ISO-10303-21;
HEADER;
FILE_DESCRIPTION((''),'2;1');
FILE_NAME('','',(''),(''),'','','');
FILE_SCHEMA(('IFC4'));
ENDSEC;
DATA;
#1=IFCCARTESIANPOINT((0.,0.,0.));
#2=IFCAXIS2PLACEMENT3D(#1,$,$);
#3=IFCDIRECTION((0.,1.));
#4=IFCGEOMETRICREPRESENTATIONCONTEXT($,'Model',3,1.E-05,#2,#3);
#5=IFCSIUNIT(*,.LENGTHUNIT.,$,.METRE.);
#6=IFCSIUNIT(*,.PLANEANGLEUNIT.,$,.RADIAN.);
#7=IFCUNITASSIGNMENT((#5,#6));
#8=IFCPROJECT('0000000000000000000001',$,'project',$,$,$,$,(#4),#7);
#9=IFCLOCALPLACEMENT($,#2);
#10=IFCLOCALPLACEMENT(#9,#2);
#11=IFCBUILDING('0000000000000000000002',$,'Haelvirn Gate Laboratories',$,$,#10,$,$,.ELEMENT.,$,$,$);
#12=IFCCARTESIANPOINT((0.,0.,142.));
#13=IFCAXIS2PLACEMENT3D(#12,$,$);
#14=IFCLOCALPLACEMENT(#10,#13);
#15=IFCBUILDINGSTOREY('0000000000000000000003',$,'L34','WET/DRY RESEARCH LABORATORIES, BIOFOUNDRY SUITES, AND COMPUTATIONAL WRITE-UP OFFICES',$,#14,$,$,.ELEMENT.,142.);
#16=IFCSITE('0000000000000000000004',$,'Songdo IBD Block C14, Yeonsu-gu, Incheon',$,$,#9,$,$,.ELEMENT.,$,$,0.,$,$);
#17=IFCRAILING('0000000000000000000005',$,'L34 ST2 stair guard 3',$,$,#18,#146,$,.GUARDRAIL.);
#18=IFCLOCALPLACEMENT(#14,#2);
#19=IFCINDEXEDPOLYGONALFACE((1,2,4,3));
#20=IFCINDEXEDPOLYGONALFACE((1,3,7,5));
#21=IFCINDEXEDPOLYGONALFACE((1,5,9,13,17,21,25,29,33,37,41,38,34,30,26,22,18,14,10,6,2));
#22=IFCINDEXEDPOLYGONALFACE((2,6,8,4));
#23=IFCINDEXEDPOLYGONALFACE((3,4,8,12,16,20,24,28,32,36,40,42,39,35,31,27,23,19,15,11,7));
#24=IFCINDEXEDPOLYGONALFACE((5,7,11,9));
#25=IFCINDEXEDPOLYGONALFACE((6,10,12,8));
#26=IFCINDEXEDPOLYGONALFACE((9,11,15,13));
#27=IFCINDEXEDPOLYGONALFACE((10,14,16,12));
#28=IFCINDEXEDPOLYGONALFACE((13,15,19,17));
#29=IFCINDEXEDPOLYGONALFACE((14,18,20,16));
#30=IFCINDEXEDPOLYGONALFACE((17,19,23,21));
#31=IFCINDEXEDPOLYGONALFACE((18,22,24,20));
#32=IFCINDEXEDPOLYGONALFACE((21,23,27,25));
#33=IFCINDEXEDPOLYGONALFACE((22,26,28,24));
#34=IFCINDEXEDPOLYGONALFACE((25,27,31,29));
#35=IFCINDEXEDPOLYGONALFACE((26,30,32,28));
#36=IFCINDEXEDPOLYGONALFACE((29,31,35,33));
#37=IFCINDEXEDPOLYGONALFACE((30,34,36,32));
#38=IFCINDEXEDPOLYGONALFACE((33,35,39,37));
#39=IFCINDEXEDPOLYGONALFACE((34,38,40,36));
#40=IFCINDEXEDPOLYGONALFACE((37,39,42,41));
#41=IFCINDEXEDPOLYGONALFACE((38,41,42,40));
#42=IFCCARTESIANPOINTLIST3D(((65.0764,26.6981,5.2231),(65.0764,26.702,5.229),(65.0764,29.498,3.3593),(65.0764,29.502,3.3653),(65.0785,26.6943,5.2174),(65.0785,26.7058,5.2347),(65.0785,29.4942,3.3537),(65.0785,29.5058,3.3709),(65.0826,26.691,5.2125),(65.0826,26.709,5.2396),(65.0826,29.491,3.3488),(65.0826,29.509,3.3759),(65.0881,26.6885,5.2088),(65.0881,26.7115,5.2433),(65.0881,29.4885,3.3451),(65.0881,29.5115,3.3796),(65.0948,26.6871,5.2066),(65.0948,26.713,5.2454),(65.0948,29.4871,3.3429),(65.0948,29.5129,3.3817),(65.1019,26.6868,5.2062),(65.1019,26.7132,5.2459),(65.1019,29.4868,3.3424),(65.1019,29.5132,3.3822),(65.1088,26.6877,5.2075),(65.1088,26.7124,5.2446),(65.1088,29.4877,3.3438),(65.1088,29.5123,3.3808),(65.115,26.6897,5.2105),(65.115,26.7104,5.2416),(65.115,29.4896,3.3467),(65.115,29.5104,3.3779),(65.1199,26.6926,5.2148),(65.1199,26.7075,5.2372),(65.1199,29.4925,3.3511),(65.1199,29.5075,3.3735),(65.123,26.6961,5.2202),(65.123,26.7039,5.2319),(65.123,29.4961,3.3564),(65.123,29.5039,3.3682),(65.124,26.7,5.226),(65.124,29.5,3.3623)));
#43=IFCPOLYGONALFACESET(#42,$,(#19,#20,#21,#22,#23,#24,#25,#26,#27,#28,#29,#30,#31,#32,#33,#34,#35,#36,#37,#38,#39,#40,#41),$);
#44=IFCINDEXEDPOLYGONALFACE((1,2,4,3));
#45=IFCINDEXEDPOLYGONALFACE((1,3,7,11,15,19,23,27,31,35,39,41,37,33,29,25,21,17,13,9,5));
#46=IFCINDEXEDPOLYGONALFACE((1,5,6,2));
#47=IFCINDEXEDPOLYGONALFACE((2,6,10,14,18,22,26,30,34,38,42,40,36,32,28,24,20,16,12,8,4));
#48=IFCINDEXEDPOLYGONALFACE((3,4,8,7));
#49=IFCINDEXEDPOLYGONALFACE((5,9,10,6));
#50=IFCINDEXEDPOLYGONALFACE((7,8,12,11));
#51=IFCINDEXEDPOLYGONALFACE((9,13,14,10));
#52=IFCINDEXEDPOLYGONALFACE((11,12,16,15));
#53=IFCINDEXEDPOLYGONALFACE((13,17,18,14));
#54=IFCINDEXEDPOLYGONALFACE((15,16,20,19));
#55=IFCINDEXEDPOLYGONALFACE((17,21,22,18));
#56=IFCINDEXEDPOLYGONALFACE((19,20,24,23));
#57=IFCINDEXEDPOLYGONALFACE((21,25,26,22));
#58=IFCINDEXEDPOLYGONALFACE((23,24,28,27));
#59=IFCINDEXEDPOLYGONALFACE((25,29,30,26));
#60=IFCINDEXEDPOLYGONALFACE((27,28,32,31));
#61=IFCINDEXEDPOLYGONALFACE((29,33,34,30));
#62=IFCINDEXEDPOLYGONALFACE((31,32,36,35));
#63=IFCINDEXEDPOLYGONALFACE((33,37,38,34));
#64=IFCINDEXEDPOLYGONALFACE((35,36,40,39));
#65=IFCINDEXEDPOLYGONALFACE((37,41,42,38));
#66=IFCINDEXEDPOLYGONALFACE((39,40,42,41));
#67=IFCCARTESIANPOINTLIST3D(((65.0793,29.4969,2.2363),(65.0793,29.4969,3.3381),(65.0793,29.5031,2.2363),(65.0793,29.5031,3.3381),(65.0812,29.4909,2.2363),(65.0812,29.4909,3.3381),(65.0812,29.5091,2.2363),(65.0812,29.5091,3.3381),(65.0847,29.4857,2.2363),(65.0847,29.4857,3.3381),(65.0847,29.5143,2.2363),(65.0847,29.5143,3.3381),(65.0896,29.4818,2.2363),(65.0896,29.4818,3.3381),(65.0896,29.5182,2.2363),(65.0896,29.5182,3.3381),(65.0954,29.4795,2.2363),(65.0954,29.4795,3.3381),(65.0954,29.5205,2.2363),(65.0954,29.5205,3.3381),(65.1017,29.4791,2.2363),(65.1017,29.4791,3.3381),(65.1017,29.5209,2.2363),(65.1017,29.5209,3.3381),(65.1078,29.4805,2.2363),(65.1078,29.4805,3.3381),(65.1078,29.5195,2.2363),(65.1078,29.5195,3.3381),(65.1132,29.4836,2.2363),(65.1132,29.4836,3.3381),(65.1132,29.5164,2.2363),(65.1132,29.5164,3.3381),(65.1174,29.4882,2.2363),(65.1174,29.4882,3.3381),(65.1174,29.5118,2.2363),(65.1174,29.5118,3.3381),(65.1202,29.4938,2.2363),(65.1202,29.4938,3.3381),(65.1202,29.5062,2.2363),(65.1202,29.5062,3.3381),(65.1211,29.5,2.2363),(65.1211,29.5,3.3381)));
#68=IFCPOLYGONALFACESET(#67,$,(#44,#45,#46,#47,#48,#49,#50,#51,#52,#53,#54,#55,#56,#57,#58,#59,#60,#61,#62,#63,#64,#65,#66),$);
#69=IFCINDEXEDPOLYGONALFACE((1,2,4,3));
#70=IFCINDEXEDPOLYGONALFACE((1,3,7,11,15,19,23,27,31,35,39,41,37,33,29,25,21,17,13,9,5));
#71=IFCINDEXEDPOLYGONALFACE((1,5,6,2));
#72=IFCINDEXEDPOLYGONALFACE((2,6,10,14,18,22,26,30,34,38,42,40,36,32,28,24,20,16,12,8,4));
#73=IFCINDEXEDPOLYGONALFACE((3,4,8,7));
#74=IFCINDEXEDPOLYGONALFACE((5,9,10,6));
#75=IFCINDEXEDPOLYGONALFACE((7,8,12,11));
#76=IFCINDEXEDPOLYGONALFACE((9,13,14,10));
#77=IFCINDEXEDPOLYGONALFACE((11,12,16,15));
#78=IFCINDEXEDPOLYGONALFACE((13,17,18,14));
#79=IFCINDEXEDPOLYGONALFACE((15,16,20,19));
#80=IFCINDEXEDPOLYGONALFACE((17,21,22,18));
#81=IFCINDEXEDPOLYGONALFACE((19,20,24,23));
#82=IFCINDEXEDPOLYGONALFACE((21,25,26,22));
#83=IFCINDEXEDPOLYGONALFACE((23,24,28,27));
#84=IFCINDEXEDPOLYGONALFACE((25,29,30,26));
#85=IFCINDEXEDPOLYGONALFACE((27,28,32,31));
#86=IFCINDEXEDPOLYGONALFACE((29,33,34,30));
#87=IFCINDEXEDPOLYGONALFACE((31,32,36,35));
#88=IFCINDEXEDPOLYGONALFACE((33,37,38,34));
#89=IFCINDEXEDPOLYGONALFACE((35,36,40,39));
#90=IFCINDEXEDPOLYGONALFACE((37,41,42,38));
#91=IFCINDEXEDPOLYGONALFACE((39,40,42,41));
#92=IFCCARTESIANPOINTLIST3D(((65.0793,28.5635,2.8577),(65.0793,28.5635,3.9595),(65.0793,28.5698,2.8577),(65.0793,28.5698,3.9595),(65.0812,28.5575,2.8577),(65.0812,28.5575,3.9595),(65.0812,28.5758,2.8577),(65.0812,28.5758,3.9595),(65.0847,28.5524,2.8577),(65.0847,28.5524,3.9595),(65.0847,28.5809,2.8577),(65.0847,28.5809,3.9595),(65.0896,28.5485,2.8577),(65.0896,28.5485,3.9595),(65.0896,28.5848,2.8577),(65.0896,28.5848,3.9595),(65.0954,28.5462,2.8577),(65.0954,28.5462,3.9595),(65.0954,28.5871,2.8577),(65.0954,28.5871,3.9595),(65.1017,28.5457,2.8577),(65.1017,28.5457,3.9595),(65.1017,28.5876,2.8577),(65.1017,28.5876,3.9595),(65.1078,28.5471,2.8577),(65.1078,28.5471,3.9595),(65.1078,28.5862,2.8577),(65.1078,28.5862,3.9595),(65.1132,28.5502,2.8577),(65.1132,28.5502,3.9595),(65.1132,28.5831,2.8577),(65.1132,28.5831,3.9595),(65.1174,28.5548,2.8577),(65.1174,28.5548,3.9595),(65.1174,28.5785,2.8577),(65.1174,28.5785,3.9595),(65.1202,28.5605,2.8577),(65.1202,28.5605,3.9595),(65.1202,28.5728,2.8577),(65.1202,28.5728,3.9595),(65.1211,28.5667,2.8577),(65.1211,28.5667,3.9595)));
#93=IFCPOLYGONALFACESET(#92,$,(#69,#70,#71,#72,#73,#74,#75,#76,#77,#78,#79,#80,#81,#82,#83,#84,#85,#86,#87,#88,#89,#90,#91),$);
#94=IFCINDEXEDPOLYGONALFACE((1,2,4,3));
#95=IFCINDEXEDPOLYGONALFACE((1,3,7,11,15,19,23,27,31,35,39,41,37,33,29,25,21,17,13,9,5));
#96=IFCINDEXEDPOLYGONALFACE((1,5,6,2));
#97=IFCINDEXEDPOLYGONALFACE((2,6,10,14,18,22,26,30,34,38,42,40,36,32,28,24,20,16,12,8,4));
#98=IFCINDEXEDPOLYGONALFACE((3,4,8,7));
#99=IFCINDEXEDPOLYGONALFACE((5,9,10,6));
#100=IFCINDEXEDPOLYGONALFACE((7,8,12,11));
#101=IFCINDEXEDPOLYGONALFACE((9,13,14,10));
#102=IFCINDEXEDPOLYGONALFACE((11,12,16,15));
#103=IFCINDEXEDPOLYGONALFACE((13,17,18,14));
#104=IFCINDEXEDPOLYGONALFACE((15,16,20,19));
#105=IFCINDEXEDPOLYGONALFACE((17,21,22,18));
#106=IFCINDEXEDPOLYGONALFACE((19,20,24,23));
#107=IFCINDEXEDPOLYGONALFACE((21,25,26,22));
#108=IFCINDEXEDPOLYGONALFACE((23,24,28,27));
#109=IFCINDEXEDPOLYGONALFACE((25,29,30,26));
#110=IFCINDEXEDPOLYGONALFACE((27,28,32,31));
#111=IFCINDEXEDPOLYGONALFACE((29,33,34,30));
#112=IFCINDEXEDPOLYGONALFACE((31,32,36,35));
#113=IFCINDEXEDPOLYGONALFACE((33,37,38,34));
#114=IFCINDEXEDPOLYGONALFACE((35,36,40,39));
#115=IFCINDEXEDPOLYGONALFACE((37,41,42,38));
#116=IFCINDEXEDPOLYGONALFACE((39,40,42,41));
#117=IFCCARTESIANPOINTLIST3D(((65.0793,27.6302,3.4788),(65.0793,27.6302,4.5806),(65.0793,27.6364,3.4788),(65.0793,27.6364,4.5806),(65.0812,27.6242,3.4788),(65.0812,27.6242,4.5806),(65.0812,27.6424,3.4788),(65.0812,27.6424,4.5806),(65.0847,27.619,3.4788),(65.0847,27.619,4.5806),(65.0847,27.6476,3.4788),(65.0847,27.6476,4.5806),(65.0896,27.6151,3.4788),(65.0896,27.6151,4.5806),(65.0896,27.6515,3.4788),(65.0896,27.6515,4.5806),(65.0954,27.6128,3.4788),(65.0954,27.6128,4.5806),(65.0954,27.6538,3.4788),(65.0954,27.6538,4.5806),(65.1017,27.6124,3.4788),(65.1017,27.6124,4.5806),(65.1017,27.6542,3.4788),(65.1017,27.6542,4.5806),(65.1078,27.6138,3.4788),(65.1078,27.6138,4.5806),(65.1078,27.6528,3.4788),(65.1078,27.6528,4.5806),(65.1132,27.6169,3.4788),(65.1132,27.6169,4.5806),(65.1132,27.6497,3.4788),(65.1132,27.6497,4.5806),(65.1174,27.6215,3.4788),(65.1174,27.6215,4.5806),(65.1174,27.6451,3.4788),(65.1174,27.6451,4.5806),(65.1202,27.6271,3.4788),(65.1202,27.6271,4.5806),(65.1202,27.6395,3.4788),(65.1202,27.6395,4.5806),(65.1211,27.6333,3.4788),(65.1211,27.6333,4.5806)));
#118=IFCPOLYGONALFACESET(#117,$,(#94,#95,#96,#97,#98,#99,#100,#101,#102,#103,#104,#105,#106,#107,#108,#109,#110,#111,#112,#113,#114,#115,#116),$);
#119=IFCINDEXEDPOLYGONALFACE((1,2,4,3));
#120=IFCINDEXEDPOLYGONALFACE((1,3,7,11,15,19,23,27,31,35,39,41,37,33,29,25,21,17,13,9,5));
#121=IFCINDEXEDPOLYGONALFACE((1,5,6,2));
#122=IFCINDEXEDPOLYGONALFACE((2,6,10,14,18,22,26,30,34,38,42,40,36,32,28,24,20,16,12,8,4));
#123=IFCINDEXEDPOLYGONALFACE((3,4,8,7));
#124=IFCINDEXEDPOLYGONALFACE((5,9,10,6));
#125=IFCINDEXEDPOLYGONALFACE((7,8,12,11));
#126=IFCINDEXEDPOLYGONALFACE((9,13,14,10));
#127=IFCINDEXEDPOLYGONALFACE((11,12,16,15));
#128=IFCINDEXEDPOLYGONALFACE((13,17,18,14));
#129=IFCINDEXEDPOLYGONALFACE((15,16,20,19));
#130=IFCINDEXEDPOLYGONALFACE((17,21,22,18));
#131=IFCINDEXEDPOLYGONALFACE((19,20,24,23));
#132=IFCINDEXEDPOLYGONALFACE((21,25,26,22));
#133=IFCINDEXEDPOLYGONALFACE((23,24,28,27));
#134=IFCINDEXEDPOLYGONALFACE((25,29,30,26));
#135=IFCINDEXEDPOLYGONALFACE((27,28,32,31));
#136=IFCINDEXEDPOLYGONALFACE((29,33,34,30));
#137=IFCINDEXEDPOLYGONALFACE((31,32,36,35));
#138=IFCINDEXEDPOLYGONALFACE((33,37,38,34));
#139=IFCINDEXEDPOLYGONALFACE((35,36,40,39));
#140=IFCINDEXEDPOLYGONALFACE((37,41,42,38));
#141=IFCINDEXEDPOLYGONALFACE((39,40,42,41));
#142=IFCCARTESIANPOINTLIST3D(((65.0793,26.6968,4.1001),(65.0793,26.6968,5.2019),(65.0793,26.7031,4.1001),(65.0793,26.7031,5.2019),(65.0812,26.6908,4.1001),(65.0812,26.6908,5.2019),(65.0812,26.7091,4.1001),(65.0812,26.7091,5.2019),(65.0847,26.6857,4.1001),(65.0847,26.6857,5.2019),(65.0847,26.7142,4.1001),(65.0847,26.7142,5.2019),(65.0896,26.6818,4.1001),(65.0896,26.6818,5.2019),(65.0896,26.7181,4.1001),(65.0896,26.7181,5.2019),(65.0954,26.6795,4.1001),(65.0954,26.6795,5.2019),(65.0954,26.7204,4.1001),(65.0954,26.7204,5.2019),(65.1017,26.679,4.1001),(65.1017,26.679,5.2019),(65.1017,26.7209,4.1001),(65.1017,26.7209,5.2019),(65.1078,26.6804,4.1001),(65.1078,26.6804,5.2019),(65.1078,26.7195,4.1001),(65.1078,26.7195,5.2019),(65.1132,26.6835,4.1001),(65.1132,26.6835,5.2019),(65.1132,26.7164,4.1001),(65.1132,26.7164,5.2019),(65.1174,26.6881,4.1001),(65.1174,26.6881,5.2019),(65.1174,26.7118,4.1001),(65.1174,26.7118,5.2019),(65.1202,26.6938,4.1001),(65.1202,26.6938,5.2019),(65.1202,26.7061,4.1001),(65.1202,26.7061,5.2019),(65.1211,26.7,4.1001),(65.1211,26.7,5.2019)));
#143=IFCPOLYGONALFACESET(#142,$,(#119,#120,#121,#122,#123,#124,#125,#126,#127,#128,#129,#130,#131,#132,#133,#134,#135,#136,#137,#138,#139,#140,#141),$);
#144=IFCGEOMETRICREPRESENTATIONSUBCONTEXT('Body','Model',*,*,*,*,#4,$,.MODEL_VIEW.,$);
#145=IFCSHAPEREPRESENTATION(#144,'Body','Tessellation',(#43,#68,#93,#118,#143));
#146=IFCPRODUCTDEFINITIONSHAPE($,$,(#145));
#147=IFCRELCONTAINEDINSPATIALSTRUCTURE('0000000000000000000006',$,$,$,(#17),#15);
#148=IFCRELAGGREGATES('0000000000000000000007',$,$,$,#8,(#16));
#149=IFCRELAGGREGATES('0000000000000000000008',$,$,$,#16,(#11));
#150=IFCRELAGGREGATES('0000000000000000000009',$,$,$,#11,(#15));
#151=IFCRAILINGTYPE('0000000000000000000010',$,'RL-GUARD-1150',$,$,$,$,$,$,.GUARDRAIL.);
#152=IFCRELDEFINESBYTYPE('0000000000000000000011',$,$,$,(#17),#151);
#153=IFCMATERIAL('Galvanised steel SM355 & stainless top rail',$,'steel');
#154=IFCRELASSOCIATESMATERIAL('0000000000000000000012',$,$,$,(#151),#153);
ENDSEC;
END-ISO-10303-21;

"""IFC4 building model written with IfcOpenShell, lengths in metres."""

from ifc_helpers import new_model, si_unit, direction, frame, origin, origin_2d, place, context, subcontext, project, spatial, circle, extrude, source, transform, mapped, material, type_object, element, save


model = new_model("IFC4")

# Units and contexts
model_context = context("Model", 3, precision=1e-05, world=origin(), true_north=direction((0.0, 1.0)))
body_context = subcontext(model_context, "Body", "Model", "MODEL_VIEW")
ifc_project = project(units=[si_unit("LENGTHUNIT", "METRE"), si_unit("PLANEANGLEUNIT", "RADIAN")], contexts=[model_context])

# Site, building, storey
site_placement = place(None, origin())
site = spatial("IfcSite", under=ifc_project, at=site_placement, Name="Songdo IBD Block C14, Yeonsu-gu, Incheon", CompositionType="ELEMENT", RefElevation=0.0)
building_placement = place(site_placement, origin())
building = spatial("IfcBuilding", under=site, at=building_placement, Name="Haelvirn Gate Laboratories", CompositionType="ELEMENT")
storey_placement = place(building_placement, frame((0.0, 0.0, 142.0)))
storey = spatial("IfcBuildingStorey", under=building, at=storey_placement, Name="L34", Description="WET/DRY RESEARCH LABORATORIES, BIOFOUNDRY SUITES, AND COMPUTATIONAL WRITE-UP OFFICES", CompositionType="ELEMENT", Elevation=142.0)

# Railing
ifc_material_1 = material(Name="Galvanised steel SM355 & stainless top rail", Category="steel")
railing_type_1 = type_object("IfcRailingType", Name="RL-GUARD-1150", PredefinedType="GUARDRAIL", material=ifc_material_1)
shared_shape_1 = source(origin(), body_context, "Body", "SweptSolid", [
    extrude(circle(Radius=0.0239, at=origin_2d()), frame((0.0, 0.0, 1.126), z_axis=(0.0, -0.832452, 0.554097), x_axis=(1.0, 0.0, 0.0)), (0.0, 0.0, 1.0), 3.3635),
    extrude(circle(Radius=0.021, at=origin_2d()), origin(), (0.0, 0.0, 1.0), 1.1018),
    extrude(circle(Radius=0.021, at=origin_2d()), frame((0.0, -0.9333, 0.6213)), (0.0, 0.0, 1.0), 1.1018),
    extrude(circle(Radius=0.021, at=origin_2d()), frame((0.0, -1.8667, 1.2424)), (0.0, 0.0, 1.0), 1.1018),
    extrude(circle(Radius=0.021, at=origin_2d()), frame((0.0, -2.8, 1.8638)), (0.0, 0.0, 1.0), 1.1018),
])
railing_1_placement = place(storey_placement, frame((65.1001, 29.5, 2.2363)))
element("IfcRailing", 1, at=railing_1_placement, inside=storey, type_object=railing_type_1, Name="L34 ST2 stair guard 3", PredefinedType="GUARDRAIL", context=body_context, shape_type="MappedRepresentation", body=[
    mapped(shared_shape_1, transform((0.0, 0.0, 0.0), scale=1.0)),
])

save(model, "model.ifc")
